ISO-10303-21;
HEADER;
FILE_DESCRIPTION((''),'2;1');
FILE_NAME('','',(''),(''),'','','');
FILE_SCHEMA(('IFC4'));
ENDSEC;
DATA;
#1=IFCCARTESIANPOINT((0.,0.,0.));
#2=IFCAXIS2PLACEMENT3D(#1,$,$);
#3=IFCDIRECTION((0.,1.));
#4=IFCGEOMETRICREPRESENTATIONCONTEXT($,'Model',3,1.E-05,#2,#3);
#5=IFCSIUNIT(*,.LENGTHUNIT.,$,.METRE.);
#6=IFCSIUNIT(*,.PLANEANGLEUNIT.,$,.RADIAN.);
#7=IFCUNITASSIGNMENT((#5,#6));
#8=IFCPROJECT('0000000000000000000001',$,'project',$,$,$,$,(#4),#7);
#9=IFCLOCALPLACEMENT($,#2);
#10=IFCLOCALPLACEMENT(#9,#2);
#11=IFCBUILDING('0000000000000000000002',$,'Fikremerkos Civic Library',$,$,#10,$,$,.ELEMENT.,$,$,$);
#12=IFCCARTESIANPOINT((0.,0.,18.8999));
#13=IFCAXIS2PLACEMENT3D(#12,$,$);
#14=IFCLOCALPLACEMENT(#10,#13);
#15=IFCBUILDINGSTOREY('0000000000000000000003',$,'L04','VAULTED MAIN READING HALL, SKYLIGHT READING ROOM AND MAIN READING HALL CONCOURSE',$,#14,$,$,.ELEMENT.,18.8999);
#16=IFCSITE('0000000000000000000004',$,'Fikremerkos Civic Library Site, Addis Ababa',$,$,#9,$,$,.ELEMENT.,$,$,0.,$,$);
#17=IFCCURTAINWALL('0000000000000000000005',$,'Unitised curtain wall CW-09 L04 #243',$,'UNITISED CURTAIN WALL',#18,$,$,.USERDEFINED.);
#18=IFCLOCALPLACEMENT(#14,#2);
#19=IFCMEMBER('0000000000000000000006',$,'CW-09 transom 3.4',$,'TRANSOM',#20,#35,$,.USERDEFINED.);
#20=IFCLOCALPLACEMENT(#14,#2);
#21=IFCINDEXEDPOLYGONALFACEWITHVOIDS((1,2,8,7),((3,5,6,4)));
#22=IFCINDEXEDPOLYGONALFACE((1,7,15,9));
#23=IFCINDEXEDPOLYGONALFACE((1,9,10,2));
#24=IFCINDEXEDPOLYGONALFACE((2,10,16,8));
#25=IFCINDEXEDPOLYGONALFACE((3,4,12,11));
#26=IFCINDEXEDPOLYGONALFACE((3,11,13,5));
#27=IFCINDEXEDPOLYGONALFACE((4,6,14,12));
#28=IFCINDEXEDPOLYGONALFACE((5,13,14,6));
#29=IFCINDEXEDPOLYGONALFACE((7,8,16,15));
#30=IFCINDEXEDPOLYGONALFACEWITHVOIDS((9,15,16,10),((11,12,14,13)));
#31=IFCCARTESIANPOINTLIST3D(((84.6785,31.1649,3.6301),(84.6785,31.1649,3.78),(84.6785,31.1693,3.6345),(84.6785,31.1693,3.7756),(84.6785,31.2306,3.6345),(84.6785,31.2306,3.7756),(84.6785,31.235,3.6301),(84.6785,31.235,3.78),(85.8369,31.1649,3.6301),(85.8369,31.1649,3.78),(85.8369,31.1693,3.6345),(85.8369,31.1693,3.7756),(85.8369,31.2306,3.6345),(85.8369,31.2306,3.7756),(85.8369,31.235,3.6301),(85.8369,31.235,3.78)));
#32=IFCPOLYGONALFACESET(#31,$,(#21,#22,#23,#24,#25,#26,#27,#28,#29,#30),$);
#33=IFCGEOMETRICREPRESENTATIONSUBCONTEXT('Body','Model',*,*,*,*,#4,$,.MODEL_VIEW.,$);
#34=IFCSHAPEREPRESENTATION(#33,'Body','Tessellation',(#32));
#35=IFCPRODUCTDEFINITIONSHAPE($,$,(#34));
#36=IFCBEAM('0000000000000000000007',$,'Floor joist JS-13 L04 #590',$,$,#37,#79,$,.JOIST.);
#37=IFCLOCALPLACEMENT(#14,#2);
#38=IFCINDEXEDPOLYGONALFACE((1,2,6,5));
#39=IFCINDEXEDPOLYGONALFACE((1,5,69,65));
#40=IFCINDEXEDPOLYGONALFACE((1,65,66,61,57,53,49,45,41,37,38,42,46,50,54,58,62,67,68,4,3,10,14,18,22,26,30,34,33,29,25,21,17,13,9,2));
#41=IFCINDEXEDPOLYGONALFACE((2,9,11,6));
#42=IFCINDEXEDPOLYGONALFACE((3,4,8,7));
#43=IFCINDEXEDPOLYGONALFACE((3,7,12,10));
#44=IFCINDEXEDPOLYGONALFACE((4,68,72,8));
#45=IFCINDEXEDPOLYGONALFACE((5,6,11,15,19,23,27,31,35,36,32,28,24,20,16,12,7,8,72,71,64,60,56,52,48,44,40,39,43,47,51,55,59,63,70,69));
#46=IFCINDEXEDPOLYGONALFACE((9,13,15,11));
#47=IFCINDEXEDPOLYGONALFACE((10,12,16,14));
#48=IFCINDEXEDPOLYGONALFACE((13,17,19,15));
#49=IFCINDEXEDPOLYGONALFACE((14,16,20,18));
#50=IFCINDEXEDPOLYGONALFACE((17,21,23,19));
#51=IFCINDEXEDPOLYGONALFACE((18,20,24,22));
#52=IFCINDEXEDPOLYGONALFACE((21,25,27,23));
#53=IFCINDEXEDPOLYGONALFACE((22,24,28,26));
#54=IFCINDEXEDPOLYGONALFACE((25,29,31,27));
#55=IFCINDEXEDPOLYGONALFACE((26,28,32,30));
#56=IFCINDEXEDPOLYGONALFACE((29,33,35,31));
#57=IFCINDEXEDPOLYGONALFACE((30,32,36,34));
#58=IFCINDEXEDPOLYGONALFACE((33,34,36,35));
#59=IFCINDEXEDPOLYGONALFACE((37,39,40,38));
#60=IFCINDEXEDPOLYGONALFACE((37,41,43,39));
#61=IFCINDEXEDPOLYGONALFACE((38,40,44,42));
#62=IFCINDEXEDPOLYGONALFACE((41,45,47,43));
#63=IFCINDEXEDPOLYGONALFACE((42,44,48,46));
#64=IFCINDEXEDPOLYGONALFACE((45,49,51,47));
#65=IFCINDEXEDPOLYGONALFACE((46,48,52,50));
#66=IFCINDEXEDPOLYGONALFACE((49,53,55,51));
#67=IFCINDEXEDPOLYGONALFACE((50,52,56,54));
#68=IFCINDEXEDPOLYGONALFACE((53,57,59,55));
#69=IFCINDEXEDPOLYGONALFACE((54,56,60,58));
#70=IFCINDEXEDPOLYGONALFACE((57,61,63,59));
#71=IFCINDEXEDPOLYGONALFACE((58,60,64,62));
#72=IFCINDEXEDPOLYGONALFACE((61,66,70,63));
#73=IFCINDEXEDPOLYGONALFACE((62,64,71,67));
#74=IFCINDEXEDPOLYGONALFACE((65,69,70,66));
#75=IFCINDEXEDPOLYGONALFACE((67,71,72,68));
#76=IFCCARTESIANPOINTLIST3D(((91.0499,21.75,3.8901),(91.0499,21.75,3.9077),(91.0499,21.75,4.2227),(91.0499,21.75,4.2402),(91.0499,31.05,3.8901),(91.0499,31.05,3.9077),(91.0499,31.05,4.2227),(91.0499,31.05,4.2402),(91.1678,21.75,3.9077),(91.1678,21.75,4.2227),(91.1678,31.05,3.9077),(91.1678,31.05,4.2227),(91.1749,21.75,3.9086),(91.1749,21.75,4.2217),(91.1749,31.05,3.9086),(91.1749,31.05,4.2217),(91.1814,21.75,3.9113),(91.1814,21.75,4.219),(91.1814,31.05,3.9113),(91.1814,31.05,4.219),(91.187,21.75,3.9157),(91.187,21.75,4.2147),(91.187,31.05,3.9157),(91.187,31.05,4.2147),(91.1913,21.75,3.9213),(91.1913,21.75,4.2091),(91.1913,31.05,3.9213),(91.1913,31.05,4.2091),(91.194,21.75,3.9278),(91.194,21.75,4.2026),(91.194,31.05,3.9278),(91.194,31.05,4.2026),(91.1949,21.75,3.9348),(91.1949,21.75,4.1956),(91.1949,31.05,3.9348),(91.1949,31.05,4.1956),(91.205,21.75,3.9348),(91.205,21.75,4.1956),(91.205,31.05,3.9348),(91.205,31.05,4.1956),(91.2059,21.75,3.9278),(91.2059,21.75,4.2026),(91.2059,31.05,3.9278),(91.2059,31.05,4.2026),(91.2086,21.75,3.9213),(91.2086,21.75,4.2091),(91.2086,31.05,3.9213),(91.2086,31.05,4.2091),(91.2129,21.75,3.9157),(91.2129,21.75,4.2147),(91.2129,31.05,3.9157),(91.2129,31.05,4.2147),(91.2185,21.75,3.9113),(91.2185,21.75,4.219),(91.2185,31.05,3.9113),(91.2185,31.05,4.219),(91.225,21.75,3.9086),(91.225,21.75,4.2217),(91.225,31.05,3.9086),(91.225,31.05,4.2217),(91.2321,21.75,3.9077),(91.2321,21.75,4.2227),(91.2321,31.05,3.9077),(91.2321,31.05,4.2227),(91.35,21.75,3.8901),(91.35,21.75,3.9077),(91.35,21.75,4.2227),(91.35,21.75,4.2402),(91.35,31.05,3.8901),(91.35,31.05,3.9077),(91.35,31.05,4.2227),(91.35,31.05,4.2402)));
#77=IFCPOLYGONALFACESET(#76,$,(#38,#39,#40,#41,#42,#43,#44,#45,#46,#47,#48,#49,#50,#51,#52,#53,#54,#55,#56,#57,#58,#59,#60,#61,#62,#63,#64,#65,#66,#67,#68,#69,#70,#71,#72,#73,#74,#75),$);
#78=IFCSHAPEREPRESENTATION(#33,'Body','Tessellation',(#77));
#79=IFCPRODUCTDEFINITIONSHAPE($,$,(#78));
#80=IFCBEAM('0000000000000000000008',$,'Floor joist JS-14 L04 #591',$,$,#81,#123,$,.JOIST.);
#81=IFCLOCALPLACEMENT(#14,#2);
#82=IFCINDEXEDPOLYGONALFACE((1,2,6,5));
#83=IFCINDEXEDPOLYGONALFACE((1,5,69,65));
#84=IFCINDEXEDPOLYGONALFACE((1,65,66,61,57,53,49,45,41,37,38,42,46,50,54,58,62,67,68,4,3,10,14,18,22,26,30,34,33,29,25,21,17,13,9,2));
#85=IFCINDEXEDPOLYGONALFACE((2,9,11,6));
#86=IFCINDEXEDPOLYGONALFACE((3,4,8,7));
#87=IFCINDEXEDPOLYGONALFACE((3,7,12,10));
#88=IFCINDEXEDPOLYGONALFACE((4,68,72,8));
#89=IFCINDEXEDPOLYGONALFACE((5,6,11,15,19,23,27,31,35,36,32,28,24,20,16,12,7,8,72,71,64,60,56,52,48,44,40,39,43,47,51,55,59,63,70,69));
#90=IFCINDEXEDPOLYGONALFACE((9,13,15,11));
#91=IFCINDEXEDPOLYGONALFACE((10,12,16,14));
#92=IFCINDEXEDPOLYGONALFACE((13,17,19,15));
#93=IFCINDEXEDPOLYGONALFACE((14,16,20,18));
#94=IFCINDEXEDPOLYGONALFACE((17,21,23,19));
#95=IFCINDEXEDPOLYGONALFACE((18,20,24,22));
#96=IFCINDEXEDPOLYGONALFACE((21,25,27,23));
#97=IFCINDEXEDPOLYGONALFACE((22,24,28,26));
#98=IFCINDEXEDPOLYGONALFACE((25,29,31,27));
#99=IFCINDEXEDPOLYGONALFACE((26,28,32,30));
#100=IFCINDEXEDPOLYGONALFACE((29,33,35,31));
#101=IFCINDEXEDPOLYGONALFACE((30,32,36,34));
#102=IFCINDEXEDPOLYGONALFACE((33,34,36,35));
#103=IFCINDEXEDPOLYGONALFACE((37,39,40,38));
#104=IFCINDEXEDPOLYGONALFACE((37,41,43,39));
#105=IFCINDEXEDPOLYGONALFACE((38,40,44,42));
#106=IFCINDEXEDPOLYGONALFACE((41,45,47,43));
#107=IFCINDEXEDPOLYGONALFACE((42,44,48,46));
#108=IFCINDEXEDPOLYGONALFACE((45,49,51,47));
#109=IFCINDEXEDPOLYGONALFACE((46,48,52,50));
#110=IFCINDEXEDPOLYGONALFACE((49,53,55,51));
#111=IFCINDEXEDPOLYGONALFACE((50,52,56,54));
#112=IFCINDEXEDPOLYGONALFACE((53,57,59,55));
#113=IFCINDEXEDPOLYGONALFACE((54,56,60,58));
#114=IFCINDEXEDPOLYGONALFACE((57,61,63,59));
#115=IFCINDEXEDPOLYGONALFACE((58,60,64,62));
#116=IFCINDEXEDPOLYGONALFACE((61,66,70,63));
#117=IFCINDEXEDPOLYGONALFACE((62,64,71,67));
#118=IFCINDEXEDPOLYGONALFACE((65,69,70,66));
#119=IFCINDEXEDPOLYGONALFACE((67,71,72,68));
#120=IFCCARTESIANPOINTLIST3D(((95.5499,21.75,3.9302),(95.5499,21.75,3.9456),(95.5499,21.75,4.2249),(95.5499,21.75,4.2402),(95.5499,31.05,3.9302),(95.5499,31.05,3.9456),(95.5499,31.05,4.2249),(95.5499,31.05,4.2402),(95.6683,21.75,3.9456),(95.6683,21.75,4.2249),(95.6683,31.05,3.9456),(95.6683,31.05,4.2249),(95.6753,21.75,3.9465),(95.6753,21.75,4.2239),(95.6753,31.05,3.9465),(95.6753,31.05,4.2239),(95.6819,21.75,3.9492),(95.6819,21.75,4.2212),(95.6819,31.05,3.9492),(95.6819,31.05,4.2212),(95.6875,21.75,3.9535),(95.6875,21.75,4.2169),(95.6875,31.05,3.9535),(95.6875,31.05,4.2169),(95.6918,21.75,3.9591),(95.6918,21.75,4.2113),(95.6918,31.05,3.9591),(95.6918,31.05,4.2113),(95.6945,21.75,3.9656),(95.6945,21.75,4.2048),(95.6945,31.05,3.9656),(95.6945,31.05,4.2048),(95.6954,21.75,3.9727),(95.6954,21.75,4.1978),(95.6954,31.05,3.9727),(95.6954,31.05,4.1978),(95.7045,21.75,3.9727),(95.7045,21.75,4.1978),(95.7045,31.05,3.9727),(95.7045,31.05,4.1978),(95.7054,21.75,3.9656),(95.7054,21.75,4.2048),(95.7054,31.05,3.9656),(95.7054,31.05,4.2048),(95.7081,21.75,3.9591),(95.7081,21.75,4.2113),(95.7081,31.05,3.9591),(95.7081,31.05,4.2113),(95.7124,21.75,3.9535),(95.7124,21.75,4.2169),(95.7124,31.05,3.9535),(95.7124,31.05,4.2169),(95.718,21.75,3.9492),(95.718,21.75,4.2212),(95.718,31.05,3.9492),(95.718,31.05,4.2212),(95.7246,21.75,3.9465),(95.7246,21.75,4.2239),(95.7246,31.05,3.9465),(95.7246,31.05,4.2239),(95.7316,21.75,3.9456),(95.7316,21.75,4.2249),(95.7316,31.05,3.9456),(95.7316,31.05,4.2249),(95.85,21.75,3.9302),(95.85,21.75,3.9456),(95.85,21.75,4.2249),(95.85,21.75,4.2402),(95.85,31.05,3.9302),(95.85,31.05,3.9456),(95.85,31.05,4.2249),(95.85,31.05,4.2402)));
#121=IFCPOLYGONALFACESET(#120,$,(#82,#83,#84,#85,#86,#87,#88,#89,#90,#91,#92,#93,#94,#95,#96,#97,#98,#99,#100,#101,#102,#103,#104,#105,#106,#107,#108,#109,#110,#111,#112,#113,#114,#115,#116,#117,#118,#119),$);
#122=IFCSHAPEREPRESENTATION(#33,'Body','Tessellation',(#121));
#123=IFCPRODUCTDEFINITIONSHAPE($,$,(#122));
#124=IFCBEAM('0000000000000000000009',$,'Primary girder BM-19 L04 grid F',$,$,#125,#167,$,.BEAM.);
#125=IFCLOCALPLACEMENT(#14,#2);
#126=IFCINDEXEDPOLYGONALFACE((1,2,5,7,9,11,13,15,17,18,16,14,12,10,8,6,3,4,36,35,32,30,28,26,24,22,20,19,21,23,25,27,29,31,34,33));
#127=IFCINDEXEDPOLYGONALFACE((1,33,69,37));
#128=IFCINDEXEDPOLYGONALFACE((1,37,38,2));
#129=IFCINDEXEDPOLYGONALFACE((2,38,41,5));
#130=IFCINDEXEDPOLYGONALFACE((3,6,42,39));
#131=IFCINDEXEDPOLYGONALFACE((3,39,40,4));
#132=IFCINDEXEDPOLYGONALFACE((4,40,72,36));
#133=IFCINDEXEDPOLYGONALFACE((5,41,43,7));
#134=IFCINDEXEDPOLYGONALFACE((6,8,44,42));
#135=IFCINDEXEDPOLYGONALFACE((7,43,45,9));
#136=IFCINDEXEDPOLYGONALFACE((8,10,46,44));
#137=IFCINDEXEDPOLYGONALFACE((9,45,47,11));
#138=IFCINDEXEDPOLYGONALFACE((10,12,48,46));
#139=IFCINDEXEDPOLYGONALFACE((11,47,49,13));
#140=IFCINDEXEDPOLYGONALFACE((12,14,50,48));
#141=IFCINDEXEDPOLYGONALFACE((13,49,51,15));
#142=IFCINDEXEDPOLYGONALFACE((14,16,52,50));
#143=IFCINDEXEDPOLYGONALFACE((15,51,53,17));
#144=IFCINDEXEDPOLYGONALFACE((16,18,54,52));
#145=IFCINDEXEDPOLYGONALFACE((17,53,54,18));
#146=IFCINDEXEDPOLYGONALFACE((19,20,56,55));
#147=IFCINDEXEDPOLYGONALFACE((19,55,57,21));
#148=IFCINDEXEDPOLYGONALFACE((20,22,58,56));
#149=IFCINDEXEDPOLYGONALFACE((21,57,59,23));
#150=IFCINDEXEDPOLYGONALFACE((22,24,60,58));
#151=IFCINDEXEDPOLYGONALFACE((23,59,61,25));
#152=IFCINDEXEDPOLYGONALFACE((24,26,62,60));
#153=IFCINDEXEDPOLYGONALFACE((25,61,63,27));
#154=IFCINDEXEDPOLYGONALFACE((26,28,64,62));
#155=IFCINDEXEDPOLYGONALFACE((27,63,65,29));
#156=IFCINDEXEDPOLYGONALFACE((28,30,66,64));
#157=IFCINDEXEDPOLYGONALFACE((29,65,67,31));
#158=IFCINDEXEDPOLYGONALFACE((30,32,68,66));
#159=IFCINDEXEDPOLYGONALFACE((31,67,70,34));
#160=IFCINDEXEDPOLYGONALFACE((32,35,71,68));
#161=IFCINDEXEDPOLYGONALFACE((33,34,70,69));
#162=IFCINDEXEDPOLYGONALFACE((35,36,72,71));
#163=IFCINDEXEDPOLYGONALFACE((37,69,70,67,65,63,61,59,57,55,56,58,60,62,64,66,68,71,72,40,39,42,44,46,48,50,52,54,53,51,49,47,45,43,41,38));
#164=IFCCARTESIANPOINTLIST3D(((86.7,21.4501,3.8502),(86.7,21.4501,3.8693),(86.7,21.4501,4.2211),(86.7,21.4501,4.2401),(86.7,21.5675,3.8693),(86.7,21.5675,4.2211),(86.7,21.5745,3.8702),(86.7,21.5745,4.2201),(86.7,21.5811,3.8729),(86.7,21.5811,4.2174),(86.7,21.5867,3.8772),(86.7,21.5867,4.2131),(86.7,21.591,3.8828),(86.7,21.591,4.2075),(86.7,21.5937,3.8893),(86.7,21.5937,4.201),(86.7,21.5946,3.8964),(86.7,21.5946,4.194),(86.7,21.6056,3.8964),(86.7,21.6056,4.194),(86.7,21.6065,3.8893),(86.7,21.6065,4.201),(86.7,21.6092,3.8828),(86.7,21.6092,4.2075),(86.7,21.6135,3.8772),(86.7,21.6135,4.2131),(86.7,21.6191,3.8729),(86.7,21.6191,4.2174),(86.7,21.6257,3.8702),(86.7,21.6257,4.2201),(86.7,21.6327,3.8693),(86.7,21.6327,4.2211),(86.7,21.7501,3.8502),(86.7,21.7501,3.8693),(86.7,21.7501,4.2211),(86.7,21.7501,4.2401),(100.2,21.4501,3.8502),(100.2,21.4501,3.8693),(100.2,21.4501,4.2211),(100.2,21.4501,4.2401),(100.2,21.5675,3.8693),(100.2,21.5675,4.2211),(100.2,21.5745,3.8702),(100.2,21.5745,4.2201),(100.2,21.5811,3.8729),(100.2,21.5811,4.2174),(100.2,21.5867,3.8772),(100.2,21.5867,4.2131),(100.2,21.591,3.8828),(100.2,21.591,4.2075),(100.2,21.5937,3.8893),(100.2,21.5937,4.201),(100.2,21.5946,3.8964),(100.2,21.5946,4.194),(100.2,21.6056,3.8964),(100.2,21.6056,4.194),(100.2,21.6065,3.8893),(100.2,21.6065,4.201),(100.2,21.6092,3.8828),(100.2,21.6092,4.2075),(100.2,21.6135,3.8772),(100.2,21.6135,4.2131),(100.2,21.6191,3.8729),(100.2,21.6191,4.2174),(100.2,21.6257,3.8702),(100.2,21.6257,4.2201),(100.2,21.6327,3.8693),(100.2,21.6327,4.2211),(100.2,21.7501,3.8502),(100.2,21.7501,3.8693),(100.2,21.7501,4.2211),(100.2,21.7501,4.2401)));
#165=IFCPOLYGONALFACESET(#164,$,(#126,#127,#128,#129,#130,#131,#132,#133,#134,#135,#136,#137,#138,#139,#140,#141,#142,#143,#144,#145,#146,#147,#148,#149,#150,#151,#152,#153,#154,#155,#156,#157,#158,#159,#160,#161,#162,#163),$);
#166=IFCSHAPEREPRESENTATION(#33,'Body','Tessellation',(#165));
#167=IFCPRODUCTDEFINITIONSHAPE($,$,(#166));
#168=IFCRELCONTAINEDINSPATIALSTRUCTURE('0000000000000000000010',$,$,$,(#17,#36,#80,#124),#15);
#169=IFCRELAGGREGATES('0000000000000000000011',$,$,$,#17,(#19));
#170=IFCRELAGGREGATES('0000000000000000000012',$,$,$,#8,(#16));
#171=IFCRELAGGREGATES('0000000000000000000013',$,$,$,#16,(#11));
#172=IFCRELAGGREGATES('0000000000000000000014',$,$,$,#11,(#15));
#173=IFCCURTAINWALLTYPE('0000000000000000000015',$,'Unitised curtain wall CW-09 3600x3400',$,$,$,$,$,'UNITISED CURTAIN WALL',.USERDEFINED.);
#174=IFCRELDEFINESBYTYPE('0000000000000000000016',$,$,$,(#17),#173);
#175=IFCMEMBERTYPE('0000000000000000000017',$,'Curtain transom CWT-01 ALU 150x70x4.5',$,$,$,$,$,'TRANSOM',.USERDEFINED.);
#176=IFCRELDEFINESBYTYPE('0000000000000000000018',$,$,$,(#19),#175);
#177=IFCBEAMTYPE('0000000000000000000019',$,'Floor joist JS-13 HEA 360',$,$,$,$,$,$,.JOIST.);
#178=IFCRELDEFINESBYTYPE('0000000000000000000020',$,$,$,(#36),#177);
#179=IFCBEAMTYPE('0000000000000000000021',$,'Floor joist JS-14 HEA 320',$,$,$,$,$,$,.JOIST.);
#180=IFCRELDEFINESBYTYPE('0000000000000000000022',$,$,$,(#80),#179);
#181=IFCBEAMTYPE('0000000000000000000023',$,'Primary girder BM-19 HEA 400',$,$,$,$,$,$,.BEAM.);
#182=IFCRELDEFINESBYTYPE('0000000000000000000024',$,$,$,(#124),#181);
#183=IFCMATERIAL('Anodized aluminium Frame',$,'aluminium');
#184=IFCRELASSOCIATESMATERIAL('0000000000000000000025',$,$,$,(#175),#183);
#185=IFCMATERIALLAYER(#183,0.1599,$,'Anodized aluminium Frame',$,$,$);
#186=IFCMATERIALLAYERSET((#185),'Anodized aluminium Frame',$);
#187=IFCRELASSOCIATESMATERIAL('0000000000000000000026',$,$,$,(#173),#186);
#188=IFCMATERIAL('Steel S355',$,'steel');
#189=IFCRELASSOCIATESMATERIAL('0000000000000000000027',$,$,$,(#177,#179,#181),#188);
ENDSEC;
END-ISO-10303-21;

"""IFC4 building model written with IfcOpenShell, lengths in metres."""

from ifc_helpers import new_model, si_unit, direction, frame, origin, origin_2d, place, context, subcontext, project, spatial, hollow_rectangle, i_section, extrude, material, layer, layer_set, material_profile, profile_set, type_object, element, aggregate, save


model = new_model("IFC4")

# Units and contexts
model_context = context("Model", 3, precision=1e-05, world=origin(), true_north=direction((0.0, 1.0)))
body_context = subcontext(model_context, "Body", "Model", "MODEL_VIEW")
ifc_project = project(units=[si_unit("LENGTHUNIT", "METRE"), si_unit("PLANEANGLEUNIT", "RADIAN")], contexts=[model_context])

# Site, building, storey
site_placement = place(None, origin())
site = spatial("IfcSite", under=ifc_project, at=site_placement, Name="Fikremerkos Civic Library Site, Addis Ababa", CompositionType="ELEMENT", RefElevation=0.0)
building_placement = place(site_placement, origin())
building = spatial("IfcBuilding", under=site, at=building_placement, Name="Fikremerkos Civic Library", CompositionType="ELEMENT")
storey_placement = place(building_placement, frame((0.0, 0.0, 18.8999)))
storey = spatial("IfcBuildingStorey", under=building, at=storey_placement, Name="L04", Description="VAULTED MAIN READING HALL, SKYLIGHT READING ROOM AND MAIN READING HALL CONCOURSE", CompositionType="ELEMENT", Elevation=18.8999)

# Shared definitions
ifc_material_1 = material(Name="Steel S355", Category="steel")

# Shared definitions
ifc_material_2 = material(Name="Anodized aluminium Frame", Category="aluminium")

# Shared definitions
ifc_material_profile_1 = material_profile(ifc_material_2, hollow_rectangle(XDim=0.0701, YDim=0.1499, WallThickness=0.0044, at=origin_2d()), Name="ALU 150x70x4.5")
ifc_profile_set_1 = profile_set([ifc_material_profile_1], Name="Anodized aluminium Frame")
member_type_1 = type_object("IfcMemberType", Name="Curtain transom CWT-01 ALU 150x70x4.5", ElementType="TRANSOM", PredefinedType="USERDEFINED", material=ifc_profile_set_1)

# Curtain wall, member
ifc_layer_1 = layer(ifc_material_2, 0.1599, Name="Anodized aluminium Frame")
ifc_layer_set_1 = layer_set([ifc_layer_1], Name="Anodized aluminium Frame")
curtain_wall_type_1 = type_object("IfcCurtainWallType", Name="Unitised curtain wall CW-09 3600x3400", ElementType="UNITISED CURTAIN WALL", PredefinedType="USERDEFINED", material=ifc_layer_set_1)
curtain_wall_1_placement = place(storey_placement, origin())
curtain_wall_1 = element("IfcCurtainWall", 1, at=curtain_wall_1_placement, inside=storey, type_object=curtain_wall_type_1, Name="Unitised curtain wall CW-09 L04 #243", ObjectType="UNITISED CURTAIN WALL", PredefinedType="USERDEFINED")
member_1_placement = place(storey_placement, frame((84.6785, 31.2, 3.7051), z_axis=(1.0, 0.0, 0.0), x_axis=(0.0, 1.0, 0.0)))
member_1 = element("IfcMember", 2, at=member_1_placement, type_object=member_type_1, Name="CW-09 transom 3.4", ObjectType="TRANSOM", PredefinedType="USERDEFINED", context=body_context, shape_type="SweptSolid", body=[
    extrude(hollow_rectangle(XDim=0.0701, YDim=0.1499, WallThickness=0.0044, at=origin_2d()), origin(), (0.0, 0.0, 1.0), 1.1584),
])

# Beams
ifc_material_profile_2 = material_profile(ifc_material_1, i_section(OverallWidth=0.3, OverallDepth=0.3501, WebThickness=0.01, FlangeThickness=0.0176, FilletRadius=0.0271, at=origin_2d()), Name="HEA 360")
ifc_profile_set_2 = profile_set([ifc_material_profile_2], Name="Steel S355")
beam_type_1 = type_object("IfcBeamType", Name="Floor joist JS-13 HEA 360", PredefinedType="JOIST", material=ifc_profile_set_2)
beam_1_placement = place(storey_placement, frame((91.2, 21.75, 4.0652), z_axis=(0.0, 1.0, 0.0), x_axis=(-1.0, 0.0, 0.0)))
element("IfcBeam", 3, at=beam_1_placement, inside=storey, type_object=beam_type_1, Name="Floor joist JS-13 L04 #590", PredefinedType="JOIST", context=body_context, shape_type="SweptSolid", body=[
    extrude(i_section(OverallWidth=0.3, OverallDepth=0.3501, WebThickness=0.01, FlangeThickness=0.0176, FilletRadius=0.0271, at=origin_2d()), origin(), (0.0, 0.0, 1.0), 9.3),
])
ifc_material_profile_3 = material_profile(ifc_material_1, i_section(OverallWidth=0.3, OverallDepth=0.3101, WebThickness=0.009, FlangeThickness=0.0154, FilletRadius=0.0271, at=origin_2d()), Name="HEA 320")
ifc_profile_set_3 = profile_set([ifc_material_profile_3], Name="Steel S355")
beam_type_2 = type_object("IfcBeamType", Name="Floor joist JS-14 HEA 320", PredefinedType="JOIST", material=ifc_profile_set_3)
beam_2_placement = place(storey_placement, frame((95.7, 21.75, 4.0852), z_axis=(0.0, 1.0, 0.0), x_axis=(-1.0, 0.0, 0.0)))
element("IfcBeam", 4, at=beam_2_placement, inside=storey, type_object=beam_type_2, Name="Floor joist JS-14 L04 #591", PredefinedType="JOIST", context=body_context, shape_type="SweptSolid", body=[
    extrude(i_section(OverallWidth=0.3, OverallDepth=0.3101, WebThickness=0.009, FlangeThickness=0.0154, FilletRadius=0.0271, at=origin_2d()), origin(), (0.0, 0.0, 1.0), 9.3),
])
ifc_material_profile_4 = material_profile(ifc_material_1, i_section(OverallWidth=0.3, OverallDepth=0.3899, WebThickness=0.011, FlangeThickness=0.019, FilletRadius=0.0271, at=origin_2d()), Name="HEA 400")
ifc_profile_set_4 = profile_set([ifc_material_profile_4], Name="Steel S355")
beam_type_3 = type_object("IfcBeamType", Name="Primary girder BM-19 HEA 400", PredefinedType="BEAM", material=ifc_profile_set_4)
beam_3_placement = place(storey_placement, frame((86.7, 21.6001, 4.0452), z_axis=(1.0, 0.0, 0.0), x_axis=(0.0, 1.0, 0.0)))
element("IfcBeam", 5, at=beam_3_placement, inside=storey, type_object=beam_type_3, Name="Primary girder BM-19 L04 grid F", PredefinedType="BEAM", context=body_context, shape_type="SweptSolid", body=[
    extrude(i_section(OverallWidth=0.3, OverallDepth=0.3899, WebThickness=0.011, FlangeThickness=0.019, FilletRadius=0.0271, at=origin_2d()), origin(), (0.0, 0.0, 1.0), 13.5),
])

aggregate(curtain_wall_1, [member_1])

save(model, "model.ifc")
